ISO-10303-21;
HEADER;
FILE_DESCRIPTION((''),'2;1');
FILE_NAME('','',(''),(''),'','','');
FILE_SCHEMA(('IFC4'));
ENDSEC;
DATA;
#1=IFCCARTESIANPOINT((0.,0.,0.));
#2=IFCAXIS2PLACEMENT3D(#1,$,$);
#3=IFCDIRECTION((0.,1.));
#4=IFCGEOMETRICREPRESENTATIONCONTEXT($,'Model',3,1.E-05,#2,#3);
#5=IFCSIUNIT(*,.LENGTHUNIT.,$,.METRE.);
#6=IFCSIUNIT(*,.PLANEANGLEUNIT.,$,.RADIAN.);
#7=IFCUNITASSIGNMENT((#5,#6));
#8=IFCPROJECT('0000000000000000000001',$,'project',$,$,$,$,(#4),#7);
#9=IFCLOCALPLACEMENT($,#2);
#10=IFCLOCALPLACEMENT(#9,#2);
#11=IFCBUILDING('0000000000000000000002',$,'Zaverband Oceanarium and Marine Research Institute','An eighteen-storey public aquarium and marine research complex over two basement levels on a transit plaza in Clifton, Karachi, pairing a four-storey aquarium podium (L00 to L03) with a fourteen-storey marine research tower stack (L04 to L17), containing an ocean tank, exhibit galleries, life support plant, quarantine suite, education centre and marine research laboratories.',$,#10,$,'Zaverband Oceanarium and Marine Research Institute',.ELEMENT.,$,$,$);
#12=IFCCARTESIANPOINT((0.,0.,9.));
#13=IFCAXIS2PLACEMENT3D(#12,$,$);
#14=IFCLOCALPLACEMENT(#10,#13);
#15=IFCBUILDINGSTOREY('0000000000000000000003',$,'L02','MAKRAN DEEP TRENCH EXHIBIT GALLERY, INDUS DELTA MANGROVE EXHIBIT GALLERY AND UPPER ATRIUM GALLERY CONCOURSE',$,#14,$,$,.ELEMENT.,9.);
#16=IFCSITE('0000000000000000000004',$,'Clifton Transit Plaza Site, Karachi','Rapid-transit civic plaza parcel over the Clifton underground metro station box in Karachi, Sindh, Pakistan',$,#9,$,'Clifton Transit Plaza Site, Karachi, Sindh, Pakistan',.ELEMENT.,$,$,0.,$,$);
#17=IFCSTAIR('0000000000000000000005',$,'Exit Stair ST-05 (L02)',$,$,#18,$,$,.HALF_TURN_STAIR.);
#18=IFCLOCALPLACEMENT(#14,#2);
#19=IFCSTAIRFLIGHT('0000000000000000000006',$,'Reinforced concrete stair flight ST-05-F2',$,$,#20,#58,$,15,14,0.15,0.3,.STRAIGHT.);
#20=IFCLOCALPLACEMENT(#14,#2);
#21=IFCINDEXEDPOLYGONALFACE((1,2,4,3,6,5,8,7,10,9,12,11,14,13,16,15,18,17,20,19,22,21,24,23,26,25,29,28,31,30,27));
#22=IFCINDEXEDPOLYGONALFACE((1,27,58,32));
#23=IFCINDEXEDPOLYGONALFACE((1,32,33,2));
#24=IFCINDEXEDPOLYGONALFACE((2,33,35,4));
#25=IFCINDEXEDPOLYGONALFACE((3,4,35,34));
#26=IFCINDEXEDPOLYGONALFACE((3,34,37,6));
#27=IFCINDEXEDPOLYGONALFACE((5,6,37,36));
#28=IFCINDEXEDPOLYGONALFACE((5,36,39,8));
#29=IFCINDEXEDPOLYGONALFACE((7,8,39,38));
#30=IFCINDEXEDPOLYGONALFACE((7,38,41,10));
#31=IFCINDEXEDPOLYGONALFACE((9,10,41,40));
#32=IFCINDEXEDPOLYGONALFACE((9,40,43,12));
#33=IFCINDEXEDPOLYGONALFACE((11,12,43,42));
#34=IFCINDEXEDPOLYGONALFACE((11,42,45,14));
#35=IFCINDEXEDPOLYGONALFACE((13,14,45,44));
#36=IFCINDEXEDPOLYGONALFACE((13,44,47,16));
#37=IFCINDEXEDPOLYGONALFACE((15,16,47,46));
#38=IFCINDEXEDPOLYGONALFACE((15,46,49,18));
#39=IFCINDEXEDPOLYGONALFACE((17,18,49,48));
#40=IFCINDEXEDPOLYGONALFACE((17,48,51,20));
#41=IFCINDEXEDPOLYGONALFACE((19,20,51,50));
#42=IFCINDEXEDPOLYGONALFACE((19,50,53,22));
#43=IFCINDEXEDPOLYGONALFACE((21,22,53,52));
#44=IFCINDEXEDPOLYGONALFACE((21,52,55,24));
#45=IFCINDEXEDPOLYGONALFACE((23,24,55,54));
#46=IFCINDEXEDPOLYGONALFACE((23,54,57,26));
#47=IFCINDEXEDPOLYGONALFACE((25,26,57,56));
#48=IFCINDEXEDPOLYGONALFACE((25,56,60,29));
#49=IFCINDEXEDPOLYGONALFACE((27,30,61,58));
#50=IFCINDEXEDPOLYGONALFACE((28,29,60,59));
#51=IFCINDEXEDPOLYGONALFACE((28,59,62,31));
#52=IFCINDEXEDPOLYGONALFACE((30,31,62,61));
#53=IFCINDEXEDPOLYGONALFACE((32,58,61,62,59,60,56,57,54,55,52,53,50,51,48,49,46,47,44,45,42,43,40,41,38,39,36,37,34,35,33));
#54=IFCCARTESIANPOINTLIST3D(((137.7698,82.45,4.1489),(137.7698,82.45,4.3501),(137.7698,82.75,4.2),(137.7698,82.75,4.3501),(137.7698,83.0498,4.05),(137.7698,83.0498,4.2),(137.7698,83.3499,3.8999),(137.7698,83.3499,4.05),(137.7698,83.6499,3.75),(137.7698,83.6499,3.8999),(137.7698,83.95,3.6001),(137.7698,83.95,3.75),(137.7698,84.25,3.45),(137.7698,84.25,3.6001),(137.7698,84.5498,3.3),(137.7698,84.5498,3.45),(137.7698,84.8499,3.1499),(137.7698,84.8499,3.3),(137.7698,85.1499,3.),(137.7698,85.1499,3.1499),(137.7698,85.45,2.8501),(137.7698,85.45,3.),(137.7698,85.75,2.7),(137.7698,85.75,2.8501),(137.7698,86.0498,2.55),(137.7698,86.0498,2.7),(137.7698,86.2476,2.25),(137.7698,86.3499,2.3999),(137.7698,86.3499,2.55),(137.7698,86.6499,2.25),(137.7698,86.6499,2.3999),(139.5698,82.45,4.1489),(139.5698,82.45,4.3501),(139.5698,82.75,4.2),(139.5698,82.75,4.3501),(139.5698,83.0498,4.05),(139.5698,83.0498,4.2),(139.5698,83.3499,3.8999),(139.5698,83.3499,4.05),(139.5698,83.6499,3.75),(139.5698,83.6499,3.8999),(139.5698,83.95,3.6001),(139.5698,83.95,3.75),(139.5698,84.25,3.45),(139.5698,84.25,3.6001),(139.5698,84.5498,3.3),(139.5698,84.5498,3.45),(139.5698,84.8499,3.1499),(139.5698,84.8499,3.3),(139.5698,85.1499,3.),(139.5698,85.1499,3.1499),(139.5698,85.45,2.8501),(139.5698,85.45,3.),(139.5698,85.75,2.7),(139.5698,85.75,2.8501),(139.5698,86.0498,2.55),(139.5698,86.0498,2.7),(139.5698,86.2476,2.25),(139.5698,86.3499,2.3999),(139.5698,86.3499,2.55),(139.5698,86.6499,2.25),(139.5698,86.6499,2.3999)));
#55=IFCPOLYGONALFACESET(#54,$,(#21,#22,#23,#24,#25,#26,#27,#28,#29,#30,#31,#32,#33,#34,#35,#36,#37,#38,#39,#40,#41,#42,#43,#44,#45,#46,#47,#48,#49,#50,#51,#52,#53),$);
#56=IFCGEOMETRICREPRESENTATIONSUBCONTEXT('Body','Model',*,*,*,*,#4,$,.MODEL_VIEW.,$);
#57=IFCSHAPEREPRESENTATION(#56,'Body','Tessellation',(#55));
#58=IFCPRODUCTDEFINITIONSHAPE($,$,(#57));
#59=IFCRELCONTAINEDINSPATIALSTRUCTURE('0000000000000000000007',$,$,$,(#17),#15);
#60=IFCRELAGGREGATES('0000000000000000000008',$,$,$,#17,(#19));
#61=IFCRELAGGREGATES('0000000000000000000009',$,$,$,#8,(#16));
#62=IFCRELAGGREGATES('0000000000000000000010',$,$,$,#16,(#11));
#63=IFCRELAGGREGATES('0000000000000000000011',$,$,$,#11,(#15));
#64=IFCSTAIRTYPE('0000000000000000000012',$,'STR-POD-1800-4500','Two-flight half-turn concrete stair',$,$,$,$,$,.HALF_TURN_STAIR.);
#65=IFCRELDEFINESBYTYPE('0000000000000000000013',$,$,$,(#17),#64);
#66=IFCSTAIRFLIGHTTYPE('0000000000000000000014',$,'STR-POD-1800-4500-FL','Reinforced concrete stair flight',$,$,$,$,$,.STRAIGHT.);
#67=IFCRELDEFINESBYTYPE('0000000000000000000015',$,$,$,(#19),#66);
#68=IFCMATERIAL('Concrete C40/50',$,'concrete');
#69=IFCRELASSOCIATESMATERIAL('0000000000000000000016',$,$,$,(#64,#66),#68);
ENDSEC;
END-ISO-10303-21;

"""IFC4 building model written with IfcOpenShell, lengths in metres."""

from ifc_helpers import new_model, si_unit, direction, frame, origin, place, context, subcontext, project, spatial, polyline, outline, extrude, material, type_object, element, aggregate, save


model = new_model("IFC4")

# Units and contexts
model_context = context("Model", 3, precision=1e-05, world=origin(), true_north=direction((0.0, 1.0)))
body_context = subcontext(model_context, "Body", "Model", "MODEL_VIEW")
ifc_project = project(units=[si_unit("LENGTHUNIT", "METRE"), si_unit("PLANEANGLEUNIT", "RADIAN")], contexts=[model_context])

# Site, building, storey
site_placement = place(None, origin())
site = spatial("IfcSite", under=ifc_project, at=site_placement, Name="Clifton Transit Plaza Site, Karachi", Description="Rapid-transit civic plaza parcel over the Clifton underground metro station box in Karachi, Sindh, Pakistan", LongName="Clifton Transit Plaza Site, Karachi, Sindh, Pakistan", CompositionType="ELEMENT", RefElevation=0.0)
building_placement = place(site_placement, origin())
building = spatial("IfcBuilding", under=site, at=building_placement, Name="Zaverband Oceanarium and Marine Research Institute", Description="An eighteen-storey public aquarium and marine research complex over two basement levels on a transit plaza in Clifton, Karachi, pairing a four-storey aquarium podium (L00 to L03) with a fourteen-storey marine research tower stack (L04 to L17), containing an ocean tank, exhibit galleries, life support plant, quarantine suite, education centre and marine research laboratories.", LongName="Zaverband Oceanarium and Marine Research Institute", CompositionType="ELEMENT")
storey_placement = place(building_placement, frame((0.0, 0.0, 9.0)))
storey = spatial("IfcBuildingStorey", under=building, at=storey_placement, Name="L02", Description="MAKRAN DEEP TRENCH EXHIBIT GALLERY, INDUS DELTA MANGROVE EXHIBIT GALLERY AND UPPER ATRIUM GALLERY CONCOURSE", CompositionType="ELEMENT", Elevation=9.0)

# Shared definitions
ifc_material_1 = material(Name="Concrete C40/50", Category="concrete")

# Stair, stair flight
stair_type = type_object("IfcStairType", Name="STR-POD-1800-4500", Description="Two-flight half-turn concrete stair", PredefinedType="HALF_TURN_STAIR", material=ifc_material_1)
stair_placement = place(storey_placement, origin())
stair = element("IfcStair", 1, at=stair_placement, inside=storey, type_object=stair_type, Name="Exit Stair ST-05 (L02)", PredefinedType="HALF_TURN_STAIR")
stair_flight_type = type_object("IfcStairFlightType", Name="STR-POD-1800-4500-FL", Description="Reinforced concrete stair flight", PredefinedType="STRAIGHT", material=ifc_material_1)
stair_flight_1_placement = place(storey_placement, frame((138.6699, 86.6499, 2.25), z_axis=(0.0, 0.0, 1.0), x_axis=(0.0, -1.0, 0.0)))
stair_flight_1 = element("IfcStairFlight", 2, at=stair_flight_1_placement, type_object=stair_flight_type, Name="Reinforced concrete stair flight ST-05-F2", NumberOfRisers=15, NumberOfTreads=14, PredefinedType="STRAIGHT", RiserHeight=0.15, TreadLength=0.3, context=body_context, shape_type="SweptSolid", body=[
    extrude(outline(polyline([(0.0, 0.0), (0.0, 0.1499), (0.3, 0.1499), (0.3, 0.3), (0.6001, 0.3), (0.6001, 0.45), (0.8999, 0.45), (0.8999, 0.6001), (1.2, 0.6001), (1.2, 0.75), (1.5, 0.75), (1.5, 0.8999), (1.8, 0.8999), (1.8, 1.05), (2.1001, 1.05), (2.1001, 1.2), (2.3999, 1.2), (2.3999, 1.3501), (2.7, 1.3501), (2.7, 1.5), (3.0, 1.5), (3.0, 1.6499), (3.3, 1.6499), (3.3, 1.8), (3.6001, 1.8), (3.6001, 1.95), (3.8999, 1.95), (3.8999, 2.1001), (4.2, 2.1001), (4.2, 2.25), (4.2, 1.8989), (0.4023, 0.0), (0.0, 0.0)])), frame((0.0, 0.8999, 0.0), z_axis=(0.0, -1.0, 0.0), x_axis=(1.0, 0.0, 0.0)), (0.0, 0.0, 1.0), 1.8),
])
aggregate(stair, [stair_flight_1])

save(model, "model.ifc")
